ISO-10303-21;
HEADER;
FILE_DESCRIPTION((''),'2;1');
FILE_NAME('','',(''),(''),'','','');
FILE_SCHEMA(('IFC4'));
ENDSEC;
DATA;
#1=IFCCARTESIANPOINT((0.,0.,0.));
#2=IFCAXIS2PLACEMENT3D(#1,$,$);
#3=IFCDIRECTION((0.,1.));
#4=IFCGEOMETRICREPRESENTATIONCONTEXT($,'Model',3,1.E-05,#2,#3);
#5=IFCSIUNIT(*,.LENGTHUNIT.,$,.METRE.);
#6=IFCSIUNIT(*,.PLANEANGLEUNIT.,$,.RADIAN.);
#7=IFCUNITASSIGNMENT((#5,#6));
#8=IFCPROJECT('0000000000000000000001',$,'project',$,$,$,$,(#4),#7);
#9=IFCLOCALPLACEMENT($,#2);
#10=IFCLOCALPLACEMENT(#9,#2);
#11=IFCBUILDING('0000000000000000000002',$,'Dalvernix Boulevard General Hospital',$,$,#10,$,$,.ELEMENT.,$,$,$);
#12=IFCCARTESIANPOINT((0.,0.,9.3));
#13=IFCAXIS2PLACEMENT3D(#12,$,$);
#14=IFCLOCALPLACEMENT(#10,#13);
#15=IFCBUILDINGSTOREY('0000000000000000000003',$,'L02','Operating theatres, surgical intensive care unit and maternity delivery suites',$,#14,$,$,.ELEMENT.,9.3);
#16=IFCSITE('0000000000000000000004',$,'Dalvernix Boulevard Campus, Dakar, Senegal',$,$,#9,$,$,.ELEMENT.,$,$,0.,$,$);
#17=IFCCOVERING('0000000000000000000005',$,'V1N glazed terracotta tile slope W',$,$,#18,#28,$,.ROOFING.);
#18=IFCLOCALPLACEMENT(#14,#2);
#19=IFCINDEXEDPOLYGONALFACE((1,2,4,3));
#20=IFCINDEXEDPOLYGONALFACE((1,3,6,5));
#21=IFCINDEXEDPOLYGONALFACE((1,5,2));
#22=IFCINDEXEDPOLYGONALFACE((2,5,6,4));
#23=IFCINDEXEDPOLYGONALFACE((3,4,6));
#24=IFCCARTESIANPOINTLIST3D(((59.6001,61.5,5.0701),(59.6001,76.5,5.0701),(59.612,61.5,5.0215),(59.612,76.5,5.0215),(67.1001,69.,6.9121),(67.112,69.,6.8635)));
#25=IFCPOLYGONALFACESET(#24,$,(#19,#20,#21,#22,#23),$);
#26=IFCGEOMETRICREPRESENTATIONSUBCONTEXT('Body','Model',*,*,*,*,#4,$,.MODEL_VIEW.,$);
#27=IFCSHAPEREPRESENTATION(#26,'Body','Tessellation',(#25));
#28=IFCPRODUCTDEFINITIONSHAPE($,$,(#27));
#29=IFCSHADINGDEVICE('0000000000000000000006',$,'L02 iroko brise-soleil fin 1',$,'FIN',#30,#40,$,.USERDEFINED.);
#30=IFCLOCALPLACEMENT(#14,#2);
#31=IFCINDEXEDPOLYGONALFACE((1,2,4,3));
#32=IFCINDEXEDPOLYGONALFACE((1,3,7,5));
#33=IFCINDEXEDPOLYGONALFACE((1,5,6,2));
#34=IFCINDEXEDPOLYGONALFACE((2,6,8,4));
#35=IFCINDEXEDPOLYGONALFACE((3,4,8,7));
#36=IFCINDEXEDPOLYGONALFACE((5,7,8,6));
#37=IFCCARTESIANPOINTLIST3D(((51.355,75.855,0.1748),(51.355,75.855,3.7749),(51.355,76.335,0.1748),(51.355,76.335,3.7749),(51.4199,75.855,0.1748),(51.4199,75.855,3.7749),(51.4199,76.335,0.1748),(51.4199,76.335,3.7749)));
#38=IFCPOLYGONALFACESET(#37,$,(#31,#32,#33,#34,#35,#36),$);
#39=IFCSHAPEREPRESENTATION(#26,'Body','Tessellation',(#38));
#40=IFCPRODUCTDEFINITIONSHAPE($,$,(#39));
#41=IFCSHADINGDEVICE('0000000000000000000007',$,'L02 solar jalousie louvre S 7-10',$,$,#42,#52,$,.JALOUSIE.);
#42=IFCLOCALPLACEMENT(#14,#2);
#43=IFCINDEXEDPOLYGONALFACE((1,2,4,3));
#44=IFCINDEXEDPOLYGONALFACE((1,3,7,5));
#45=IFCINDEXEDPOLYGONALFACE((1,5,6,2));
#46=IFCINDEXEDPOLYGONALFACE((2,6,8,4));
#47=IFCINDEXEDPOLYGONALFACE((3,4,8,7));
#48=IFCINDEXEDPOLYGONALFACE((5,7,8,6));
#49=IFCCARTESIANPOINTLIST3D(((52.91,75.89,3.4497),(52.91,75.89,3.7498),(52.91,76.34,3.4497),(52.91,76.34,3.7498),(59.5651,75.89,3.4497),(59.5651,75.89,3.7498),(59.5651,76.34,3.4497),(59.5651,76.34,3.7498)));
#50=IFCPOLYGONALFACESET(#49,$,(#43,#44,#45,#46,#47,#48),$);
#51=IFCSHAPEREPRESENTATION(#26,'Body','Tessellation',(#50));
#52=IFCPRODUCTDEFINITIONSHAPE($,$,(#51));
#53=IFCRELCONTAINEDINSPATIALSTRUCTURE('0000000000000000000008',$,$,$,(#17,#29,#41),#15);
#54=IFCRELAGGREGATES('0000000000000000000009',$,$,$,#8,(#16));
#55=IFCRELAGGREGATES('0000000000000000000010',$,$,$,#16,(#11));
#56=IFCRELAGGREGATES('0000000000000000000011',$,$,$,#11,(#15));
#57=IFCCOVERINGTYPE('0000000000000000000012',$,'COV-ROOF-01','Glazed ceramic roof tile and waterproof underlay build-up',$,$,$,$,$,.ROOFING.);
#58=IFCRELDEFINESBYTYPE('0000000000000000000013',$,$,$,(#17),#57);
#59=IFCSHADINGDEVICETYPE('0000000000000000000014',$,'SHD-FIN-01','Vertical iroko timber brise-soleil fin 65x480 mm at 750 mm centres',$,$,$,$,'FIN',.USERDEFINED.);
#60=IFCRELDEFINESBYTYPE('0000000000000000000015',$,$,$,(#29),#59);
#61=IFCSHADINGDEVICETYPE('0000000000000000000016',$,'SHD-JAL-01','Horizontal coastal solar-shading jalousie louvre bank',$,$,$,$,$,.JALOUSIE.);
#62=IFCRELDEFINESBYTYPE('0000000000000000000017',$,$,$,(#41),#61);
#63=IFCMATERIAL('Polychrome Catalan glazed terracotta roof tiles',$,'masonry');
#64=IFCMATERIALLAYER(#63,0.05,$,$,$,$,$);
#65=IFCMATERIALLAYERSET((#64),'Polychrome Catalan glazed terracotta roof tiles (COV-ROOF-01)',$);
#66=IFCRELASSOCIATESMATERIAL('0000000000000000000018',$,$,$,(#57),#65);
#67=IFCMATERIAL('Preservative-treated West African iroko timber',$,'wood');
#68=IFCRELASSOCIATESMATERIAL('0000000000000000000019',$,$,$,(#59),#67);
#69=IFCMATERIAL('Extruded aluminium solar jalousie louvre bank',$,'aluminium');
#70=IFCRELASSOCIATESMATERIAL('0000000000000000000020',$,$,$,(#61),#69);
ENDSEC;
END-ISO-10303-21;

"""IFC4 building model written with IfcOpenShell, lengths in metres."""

from ifc_helpers import new_model, si_unit, direction, frame, origin, origin_2d, place, context, subcontext, project, spatial, polyline, rectangle, outline, extrude, material, layer, layer_set, type_object, element, save


model = new_model("IFC4")

# Units and contexts
model_context = context("Model", 3, precision=1e-05, world=origin(), true_north=direction((0.0, 1.0)))
body_context = subcontext(model_context, "Body", "Model", "MODEL_VIEW")
ifc_project = project(units=[si_unit("LENGTHUNIT", "METRE"), si_unit("PLANEANGLEUNIT", "RADIAN")], contexts=[model_context])

# Site, building, storey
site_placement = place(None, origin())
site = spatial("IfcSite", under=ifc_project, at=site_placement, Name="Dalvernix Boulevard Campus, Dakar, Senegal", CompositionType="ELEMENT", RefElevation=0.0)
building_placement = place(site_placement, origin())
building = spatial("IfcBuilding", under=site, at=building_placement, Name="Dalvernix Boulevard General Hospital", CompositionType="ELEMENT")
storey_placement = place(building_placement, frame((0.0, 0.0, 9.3)))
storey = spatial("IfcBuildingStorey", under=building, at=storey_placement, Name="L02", Description="Operating theatres, surgical intensive care unit and maternity delivery suites", CompositionType="ELEMENT", Elevation=9.3)

# Covering
ifc_material_1 = material(Name="Polychrome Catalan glazed terracotta roof tiles", Category="masonry")
ifc_layer_1 = layer(ifc_material_1, 0.05)
ifc_layer_set_1 = layer_set([ifc_layer_1], Name="Polychrome Catalan glazed terracotta roof tiles (COV-ROOF-01)")
covering_type_1 = type_object("IfcCoveringType", Name="COV-ROOF-01", Description="Glazed ceramic roof tile and waterproof underlay build-up", PredefinedType="ROOFING", material=ifc_layer_set_1)
covering_1_placement = place(storey_placement, frame((59.6001, 76.5, 5.0701), z_axis=(-0.238517, 0.0, 0.971138), x_axis=(0.0, -1.0, 0.0)))
element("IfcCovering", 1, at=covering_1_placement, inside=storey, type_object=covering_type_1, Name="V1N glazed terracotta tile slope W", PredefinedType="ROOFING", context=body_context, shape_type="SweptSolid", body=[
    extrude(outline(polyline([(0.0, 0.0), (15.0, 0.0), (7.5, 7.7229), (0.0, 0.0)])), origin(), (0.0, 0.0, -1.0), 0.05),
])

# Shading devices
ifc_material_2 = material(Name="Preservative-treated West African iroko timber", Category="wood")
shading_device_type_1 = type_object("IfcShadingDeviceType", Name="SHD-FIN-01", Description="Vertical iroko timber brise-soleil fin 65x480 mm at 750 mm centres", ElementType="FIN", PredefinedType="USERDEFINED", material=ifc_material_2)
shading_device_1_placement = place(storey_placement, frame((51.3875, 76.095, 0.1748), z_axis=(0.0, 0.0, 1.0), x_axis=(-1.0, 0.0, 0.0)))
element("IfcShadingDevice", 2, at=shading_device_1_placement, inside=storey, type_object=shading_device_type_1, Name="L02 iroko brise-soleil fin 1", ObjectType="FIN", PredefinedType="USERDEFINED", context=body_context, shape_type="SweptSolid", body=[
    extrude(rectangle(XDim=0.0649, YDim=0.48, at=origin_2d()), origin(), (0.0, 0.0, 1.0), 3.6001),
])
ifc_material_3 = material(Name="Extruded aluminium solar jalousie louvre bank", Category="aluminium")
shading_device_type_2 = type_object("IfcShadingDeviceType", Name="SHD-JAL-01", Description="Horizontal coastal solar-shading jalousie louvre bank", PredefinedType="JALOUSIE", material=ifc_material_3)
shading_device_2_placement = place(storey_placement, frame((56.2375, 76.115, 3.4497), z_axis=(0.0, 0.0, 1.0), x_axis=(-1.0, 0.0, 0.0)))
element("IfcShadingDevice", 3, at=shading_device_2_placement, inside=storey, type_object=shading_device_type_2, Name="L02 solar jalousie louvre S 7-10", PredefinedType="JALOUSIE", context=body_context, shape_type="SweptSolid", body=[
    extrude(rectangle(XDim=6.655, YDim=0.45, at=origin_2d()), origin(), (0.0, 0.0, 1.0), 0.3),
])

save(model, "model.ifc")
